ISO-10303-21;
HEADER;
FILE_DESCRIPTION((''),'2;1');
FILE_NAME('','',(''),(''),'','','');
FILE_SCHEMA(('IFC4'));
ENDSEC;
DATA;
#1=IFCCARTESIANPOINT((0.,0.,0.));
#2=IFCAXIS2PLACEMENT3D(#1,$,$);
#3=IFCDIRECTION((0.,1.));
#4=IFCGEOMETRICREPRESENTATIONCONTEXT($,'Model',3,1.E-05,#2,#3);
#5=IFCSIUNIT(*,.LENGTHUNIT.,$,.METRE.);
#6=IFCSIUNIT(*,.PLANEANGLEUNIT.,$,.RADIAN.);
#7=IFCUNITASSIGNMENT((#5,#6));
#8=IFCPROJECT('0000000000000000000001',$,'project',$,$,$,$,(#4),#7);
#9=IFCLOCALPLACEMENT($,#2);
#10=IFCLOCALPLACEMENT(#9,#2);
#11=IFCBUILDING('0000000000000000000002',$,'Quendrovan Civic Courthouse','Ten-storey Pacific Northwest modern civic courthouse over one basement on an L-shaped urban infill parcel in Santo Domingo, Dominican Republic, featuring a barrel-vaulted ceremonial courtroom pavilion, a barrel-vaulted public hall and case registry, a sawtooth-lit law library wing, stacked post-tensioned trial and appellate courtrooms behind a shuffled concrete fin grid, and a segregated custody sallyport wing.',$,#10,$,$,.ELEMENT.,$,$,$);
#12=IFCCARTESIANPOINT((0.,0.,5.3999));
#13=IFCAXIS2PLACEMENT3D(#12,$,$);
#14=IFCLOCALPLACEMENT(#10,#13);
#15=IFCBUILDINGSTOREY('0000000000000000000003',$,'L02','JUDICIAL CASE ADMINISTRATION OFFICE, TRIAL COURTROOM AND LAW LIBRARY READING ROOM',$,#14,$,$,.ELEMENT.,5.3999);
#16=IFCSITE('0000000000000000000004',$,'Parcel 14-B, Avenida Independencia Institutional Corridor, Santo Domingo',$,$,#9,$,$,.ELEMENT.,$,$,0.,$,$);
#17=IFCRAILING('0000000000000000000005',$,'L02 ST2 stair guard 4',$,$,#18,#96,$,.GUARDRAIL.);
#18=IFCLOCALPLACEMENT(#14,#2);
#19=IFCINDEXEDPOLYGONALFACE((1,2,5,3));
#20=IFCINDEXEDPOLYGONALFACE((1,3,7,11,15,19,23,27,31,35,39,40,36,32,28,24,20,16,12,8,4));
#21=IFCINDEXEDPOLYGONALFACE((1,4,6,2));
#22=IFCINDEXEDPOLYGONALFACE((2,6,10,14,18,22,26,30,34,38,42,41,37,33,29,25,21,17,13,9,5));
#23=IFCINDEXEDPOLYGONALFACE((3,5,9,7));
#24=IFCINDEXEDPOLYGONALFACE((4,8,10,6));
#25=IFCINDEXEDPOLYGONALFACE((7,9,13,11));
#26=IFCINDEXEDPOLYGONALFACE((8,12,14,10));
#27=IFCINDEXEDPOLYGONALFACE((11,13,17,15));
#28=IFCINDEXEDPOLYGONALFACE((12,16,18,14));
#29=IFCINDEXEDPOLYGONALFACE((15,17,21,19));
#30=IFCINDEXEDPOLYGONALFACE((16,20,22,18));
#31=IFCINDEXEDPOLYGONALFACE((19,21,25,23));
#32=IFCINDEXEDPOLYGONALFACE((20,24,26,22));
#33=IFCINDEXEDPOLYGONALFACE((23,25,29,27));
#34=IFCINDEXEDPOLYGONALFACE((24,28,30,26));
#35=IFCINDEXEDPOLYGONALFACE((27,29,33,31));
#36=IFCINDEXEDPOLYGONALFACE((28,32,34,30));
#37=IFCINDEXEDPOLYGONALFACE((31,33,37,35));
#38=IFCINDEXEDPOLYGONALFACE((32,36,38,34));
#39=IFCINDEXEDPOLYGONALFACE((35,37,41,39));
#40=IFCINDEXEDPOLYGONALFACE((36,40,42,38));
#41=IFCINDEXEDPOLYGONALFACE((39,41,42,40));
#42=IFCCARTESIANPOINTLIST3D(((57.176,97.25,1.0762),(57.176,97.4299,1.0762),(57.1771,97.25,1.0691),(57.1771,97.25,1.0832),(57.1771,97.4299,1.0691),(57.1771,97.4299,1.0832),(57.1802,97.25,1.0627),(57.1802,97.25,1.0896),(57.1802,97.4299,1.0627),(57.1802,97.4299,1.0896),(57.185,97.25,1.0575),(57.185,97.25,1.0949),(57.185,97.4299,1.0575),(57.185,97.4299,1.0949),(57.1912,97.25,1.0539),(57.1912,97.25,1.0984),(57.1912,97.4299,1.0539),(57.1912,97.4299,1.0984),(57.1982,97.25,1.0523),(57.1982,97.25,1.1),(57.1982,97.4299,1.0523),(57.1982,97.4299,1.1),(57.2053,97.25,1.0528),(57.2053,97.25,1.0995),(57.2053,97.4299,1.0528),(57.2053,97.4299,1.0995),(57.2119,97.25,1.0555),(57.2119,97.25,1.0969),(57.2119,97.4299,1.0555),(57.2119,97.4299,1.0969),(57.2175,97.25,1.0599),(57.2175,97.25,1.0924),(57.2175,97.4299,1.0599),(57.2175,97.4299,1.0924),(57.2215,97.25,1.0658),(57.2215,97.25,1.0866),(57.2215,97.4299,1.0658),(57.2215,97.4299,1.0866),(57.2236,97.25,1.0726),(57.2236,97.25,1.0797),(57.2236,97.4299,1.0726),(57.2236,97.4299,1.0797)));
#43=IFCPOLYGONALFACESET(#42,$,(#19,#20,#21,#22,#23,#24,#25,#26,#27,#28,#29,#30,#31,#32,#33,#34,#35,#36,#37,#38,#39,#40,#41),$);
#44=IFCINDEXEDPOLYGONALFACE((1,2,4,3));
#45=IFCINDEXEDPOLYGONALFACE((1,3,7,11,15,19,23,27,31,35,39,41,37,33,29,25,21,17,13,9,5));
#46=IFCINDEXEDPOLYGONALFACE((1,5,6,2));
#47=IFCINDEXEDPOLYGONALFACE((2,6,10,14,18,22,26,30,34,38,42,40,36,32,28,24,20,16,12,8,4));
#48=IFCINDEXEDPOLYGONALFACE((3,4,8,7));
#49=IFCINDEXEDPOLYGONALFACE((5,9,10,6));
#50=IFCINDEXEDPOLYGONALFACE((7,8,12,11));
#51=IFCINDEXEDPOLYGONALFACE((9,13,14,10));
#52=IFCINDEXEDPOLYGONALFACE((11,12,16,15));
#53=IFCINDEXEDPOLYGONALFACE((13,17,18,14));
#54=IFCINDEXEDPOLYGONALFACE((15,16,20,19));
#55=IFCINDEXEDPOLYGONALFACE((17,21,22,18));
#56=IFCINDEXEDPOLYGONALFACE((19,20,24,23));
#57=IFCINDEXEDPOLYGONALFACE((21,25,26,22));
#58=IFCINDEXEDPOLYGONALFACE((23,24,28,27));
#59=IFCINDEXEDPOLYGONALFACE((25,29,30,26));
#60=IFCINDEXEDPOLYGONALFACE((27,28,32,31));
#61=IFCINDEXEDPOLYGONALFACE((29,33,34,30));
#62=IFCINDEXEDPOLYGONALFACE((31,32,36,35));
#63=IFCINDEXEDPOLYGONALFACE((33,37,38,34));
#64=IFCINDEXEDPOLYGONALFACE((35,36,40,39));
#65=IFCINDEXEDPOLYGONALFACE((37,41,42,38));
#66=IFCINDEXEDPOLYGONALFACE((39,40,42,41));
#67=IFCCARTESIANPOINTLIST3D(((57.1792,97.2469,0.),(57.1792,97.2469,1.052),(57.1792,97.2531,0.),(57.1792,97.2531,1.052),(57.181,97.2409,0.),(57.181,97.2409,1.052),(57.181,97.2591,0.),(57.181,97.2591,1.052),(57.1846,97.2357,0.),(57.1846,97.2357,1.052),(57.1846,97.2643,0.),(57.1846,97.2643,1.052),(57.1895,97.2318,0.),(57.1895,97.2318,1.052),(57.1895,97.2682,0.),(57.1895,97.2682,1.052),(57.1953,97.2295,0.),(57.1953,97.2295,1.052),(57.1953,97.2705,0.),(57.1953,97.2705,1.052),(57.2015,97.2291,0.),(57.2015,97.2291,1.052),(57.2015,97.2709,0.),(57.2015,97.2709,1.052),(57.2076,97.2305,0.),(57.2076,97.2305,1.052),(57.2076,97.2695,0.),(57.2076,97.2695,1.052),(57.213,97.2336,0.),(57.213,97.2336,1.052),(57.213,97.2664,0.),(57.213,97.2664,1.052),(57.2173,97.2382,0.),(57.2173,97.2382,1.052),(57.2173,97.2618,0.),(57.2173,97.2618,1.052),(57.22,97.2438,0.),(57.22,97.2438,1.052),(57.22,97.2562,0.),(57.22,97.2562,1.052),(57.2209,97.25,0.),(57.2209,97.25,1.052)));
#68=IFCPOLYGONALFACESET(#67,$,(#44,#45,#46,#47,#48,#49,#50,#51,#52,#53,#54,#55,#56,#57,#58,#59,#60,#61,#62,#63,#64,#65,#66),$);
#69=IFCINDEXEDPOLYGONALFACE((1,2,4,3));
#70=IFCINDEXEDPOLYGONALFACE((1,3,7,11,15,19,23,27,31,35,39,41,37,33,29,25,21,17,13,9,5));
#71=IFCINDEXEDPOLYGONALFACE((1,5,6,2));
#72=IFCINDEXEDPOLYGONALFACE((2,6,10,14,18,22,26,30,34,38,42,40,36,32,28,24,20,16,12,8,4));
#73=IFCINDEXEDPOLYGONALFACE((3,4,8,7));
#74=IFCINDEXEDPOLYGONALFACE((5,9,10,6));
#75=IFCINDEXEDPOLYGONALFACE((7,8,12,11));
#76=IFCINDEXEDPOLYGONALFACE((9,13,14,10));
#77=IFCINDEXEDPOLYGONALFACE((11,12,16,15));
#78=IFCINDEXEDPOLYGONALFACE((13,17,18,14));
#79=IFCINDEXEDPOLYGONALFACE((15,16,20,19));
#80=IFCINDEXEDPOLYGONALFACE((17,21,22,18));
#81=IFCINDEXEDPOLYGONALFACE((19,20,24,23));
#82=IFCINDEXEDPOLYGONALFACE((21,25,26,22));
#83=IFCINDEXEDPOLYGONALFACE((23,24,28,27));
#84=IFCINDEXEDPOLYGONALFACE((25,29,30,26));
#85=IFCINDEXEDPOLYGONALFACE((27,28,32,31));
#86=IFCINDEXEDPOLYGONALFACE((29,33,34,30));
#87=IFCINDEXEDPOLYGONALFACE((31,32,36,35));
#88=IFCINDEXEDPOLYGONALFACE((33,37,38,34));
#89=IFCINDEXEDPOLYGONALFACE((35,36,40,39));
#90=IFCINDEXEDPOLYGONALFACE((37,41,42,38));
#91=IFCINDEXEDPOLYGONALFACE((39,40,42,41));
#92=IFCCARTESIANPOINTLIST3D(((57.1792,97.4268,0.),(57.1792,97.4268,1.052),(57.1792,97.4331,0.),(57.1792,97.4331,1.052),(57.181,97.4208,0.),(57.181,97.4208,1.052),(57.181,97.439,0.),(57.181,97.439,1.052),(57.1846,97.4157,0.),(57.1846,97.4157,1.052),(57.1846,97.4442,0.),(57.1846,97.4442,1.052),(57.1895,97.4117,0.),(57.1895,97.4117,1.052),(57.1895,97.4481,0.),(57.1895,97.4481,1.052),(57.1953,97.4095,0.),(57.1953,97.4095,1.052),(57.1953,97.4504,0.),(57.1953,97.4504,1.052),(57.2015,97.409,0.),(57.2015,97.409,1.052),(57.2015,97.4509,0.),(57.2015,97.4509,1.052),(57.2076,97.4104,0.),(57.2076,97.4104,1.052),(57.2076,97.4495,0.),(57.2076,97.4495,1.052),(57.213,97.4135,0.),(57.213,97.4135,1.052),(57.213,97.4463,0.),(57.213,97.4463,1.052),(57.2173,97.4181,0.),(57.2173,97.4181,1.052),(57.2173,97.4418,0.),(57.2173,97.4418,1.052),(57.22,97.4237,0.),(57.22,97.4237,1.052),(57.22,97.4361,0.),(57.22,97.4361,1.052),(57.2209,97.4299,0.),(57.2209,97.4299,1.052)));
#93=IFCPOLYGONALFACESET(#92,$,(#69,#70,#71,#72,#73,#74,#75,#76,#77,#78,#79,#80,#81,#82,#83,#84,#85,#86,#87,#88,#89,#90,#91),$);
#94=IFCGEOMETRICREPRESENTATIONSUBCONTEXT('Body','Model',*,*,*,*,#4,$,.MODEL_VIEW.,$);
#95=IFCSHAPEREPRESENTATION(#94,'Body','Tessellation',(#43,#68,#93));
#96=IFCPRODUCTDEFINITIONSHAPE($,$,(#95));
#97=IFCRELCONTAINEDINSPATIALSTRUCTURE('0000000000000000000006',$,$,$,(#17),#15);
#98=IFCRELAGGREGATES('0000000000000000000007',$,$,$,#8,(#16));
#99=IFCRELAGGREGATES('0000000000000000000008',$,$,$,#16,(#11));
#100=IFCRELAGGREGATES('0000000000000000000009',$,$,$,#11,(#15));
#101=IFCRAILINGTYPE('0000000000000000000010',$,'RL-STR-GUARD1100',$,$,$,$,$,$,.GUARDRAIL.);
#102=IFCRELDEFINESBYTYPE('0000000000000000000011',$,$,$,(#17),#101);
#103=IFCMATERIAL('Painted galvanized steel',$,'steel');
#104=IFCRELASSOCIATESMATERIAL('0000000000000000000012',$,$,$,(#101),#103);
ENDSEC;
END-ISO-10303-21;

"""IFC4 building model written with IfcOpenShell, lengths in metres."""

from ifc_helpers import new_model, si_unit, direction, frame, origin, origin_2d, place, context, subcontext, project, spatial, circle, extrude, material, type_object, element, save


model = new_model("IFC4")

# Units and contexts
model_context = context("Model", 3, precision=1e-05, world=origin(), true_north=direction((0.0, 1.0)))
body_context = subcontext(model_context, "Body", "Model", "MODEL_VIEW")
ifc_project = project(units=[si_unit("LENGTHUNIT", "METRE"), si_unit("PLANEANGLEUNIT", "RADIAN")], contexts=[model_context])

# Site, building, storey
site_placement = place(None, origin())
site = spatial("IfcSite", under=ifc_project, at=site_placement, Name="Parcel 14-B, Avenida Independencia Institutional Corridor, Santo Domingo", CompositionType="ELEMENT", RefElevation=0.0)
building_placement = place(site_placement, origin())
building = spatial("IfcBuilding", under=site, at=building_placement, Name="Quendrovan Civic Courthouse", Description="Ten-storey Pacific Northwest modern civic courthouse over one basement on an L-shaped urban infill parcel in Santo Domingo, Dominican Republic, featuring a barrel-vaulted ceremonial courtroom pavilion, a barrel-vaulted public hall and case registry, a sawtooth-lit law library wing, stacked post-tensioned trial and appellate courtrooms behind a shuffled concrete fin grid, and a segregated custody sallyport wing.", CompositionType="ELEMENT")
storey_placement = place(building_placement, frame((0.0, 0.0, 5.3999)))
storey = spatial("IfcBuildingStorey", under=building, at=storey_placement, Name="L02", Description="JUDICIAL CASE ADMINISTRATION OFFICE, TRIAL COURTROOM AND LAW LIBRARY READING ROOM", CompositionType="ELEMENT", Elevation=5.3999)

# Railing
ifc_material_1 = material(Name="Painted galvanized steel", Category="steel")
railing_type_1 = type_object("IfcRailingType", Name="RL-STR-GUARD1100", PredefinedType="GUARDRAIL", material=ifc_material_1)
railing_1_placement = place(storey_placement, frame((57.2, 97.25, 0.0)))
element("IfcRailing", 1, at=railing_1_placement, inside=storey, type_object=railing_type_1, Name="L02 ST2 stair guard 4", PredefinedType="GUARDRAIL", context=body_context, shape_type="SweptSolid", body=[
    extrude(circle(Radius=0.0239, at=origin_2d()), frame((0.0, 0.0, 1.0762), z_axis=(0.0, 1.0, 0.0), x_axis=(-1.0, 0.0, 0.0)), (0.0, 0.0, 1.0), 0.1799),
    extrude(circle(Radius=0.021, at=origin_2d()), origin(), (0.0, 0.0, 1.0), 1.052),
    extrude(circle(Radius=0.021, at=origin_2d()), frame((0.0, 0.1799, 0.0)), (0.0, 0.0, 1.0), 1.052),
])

save(model, "model.ifc")
